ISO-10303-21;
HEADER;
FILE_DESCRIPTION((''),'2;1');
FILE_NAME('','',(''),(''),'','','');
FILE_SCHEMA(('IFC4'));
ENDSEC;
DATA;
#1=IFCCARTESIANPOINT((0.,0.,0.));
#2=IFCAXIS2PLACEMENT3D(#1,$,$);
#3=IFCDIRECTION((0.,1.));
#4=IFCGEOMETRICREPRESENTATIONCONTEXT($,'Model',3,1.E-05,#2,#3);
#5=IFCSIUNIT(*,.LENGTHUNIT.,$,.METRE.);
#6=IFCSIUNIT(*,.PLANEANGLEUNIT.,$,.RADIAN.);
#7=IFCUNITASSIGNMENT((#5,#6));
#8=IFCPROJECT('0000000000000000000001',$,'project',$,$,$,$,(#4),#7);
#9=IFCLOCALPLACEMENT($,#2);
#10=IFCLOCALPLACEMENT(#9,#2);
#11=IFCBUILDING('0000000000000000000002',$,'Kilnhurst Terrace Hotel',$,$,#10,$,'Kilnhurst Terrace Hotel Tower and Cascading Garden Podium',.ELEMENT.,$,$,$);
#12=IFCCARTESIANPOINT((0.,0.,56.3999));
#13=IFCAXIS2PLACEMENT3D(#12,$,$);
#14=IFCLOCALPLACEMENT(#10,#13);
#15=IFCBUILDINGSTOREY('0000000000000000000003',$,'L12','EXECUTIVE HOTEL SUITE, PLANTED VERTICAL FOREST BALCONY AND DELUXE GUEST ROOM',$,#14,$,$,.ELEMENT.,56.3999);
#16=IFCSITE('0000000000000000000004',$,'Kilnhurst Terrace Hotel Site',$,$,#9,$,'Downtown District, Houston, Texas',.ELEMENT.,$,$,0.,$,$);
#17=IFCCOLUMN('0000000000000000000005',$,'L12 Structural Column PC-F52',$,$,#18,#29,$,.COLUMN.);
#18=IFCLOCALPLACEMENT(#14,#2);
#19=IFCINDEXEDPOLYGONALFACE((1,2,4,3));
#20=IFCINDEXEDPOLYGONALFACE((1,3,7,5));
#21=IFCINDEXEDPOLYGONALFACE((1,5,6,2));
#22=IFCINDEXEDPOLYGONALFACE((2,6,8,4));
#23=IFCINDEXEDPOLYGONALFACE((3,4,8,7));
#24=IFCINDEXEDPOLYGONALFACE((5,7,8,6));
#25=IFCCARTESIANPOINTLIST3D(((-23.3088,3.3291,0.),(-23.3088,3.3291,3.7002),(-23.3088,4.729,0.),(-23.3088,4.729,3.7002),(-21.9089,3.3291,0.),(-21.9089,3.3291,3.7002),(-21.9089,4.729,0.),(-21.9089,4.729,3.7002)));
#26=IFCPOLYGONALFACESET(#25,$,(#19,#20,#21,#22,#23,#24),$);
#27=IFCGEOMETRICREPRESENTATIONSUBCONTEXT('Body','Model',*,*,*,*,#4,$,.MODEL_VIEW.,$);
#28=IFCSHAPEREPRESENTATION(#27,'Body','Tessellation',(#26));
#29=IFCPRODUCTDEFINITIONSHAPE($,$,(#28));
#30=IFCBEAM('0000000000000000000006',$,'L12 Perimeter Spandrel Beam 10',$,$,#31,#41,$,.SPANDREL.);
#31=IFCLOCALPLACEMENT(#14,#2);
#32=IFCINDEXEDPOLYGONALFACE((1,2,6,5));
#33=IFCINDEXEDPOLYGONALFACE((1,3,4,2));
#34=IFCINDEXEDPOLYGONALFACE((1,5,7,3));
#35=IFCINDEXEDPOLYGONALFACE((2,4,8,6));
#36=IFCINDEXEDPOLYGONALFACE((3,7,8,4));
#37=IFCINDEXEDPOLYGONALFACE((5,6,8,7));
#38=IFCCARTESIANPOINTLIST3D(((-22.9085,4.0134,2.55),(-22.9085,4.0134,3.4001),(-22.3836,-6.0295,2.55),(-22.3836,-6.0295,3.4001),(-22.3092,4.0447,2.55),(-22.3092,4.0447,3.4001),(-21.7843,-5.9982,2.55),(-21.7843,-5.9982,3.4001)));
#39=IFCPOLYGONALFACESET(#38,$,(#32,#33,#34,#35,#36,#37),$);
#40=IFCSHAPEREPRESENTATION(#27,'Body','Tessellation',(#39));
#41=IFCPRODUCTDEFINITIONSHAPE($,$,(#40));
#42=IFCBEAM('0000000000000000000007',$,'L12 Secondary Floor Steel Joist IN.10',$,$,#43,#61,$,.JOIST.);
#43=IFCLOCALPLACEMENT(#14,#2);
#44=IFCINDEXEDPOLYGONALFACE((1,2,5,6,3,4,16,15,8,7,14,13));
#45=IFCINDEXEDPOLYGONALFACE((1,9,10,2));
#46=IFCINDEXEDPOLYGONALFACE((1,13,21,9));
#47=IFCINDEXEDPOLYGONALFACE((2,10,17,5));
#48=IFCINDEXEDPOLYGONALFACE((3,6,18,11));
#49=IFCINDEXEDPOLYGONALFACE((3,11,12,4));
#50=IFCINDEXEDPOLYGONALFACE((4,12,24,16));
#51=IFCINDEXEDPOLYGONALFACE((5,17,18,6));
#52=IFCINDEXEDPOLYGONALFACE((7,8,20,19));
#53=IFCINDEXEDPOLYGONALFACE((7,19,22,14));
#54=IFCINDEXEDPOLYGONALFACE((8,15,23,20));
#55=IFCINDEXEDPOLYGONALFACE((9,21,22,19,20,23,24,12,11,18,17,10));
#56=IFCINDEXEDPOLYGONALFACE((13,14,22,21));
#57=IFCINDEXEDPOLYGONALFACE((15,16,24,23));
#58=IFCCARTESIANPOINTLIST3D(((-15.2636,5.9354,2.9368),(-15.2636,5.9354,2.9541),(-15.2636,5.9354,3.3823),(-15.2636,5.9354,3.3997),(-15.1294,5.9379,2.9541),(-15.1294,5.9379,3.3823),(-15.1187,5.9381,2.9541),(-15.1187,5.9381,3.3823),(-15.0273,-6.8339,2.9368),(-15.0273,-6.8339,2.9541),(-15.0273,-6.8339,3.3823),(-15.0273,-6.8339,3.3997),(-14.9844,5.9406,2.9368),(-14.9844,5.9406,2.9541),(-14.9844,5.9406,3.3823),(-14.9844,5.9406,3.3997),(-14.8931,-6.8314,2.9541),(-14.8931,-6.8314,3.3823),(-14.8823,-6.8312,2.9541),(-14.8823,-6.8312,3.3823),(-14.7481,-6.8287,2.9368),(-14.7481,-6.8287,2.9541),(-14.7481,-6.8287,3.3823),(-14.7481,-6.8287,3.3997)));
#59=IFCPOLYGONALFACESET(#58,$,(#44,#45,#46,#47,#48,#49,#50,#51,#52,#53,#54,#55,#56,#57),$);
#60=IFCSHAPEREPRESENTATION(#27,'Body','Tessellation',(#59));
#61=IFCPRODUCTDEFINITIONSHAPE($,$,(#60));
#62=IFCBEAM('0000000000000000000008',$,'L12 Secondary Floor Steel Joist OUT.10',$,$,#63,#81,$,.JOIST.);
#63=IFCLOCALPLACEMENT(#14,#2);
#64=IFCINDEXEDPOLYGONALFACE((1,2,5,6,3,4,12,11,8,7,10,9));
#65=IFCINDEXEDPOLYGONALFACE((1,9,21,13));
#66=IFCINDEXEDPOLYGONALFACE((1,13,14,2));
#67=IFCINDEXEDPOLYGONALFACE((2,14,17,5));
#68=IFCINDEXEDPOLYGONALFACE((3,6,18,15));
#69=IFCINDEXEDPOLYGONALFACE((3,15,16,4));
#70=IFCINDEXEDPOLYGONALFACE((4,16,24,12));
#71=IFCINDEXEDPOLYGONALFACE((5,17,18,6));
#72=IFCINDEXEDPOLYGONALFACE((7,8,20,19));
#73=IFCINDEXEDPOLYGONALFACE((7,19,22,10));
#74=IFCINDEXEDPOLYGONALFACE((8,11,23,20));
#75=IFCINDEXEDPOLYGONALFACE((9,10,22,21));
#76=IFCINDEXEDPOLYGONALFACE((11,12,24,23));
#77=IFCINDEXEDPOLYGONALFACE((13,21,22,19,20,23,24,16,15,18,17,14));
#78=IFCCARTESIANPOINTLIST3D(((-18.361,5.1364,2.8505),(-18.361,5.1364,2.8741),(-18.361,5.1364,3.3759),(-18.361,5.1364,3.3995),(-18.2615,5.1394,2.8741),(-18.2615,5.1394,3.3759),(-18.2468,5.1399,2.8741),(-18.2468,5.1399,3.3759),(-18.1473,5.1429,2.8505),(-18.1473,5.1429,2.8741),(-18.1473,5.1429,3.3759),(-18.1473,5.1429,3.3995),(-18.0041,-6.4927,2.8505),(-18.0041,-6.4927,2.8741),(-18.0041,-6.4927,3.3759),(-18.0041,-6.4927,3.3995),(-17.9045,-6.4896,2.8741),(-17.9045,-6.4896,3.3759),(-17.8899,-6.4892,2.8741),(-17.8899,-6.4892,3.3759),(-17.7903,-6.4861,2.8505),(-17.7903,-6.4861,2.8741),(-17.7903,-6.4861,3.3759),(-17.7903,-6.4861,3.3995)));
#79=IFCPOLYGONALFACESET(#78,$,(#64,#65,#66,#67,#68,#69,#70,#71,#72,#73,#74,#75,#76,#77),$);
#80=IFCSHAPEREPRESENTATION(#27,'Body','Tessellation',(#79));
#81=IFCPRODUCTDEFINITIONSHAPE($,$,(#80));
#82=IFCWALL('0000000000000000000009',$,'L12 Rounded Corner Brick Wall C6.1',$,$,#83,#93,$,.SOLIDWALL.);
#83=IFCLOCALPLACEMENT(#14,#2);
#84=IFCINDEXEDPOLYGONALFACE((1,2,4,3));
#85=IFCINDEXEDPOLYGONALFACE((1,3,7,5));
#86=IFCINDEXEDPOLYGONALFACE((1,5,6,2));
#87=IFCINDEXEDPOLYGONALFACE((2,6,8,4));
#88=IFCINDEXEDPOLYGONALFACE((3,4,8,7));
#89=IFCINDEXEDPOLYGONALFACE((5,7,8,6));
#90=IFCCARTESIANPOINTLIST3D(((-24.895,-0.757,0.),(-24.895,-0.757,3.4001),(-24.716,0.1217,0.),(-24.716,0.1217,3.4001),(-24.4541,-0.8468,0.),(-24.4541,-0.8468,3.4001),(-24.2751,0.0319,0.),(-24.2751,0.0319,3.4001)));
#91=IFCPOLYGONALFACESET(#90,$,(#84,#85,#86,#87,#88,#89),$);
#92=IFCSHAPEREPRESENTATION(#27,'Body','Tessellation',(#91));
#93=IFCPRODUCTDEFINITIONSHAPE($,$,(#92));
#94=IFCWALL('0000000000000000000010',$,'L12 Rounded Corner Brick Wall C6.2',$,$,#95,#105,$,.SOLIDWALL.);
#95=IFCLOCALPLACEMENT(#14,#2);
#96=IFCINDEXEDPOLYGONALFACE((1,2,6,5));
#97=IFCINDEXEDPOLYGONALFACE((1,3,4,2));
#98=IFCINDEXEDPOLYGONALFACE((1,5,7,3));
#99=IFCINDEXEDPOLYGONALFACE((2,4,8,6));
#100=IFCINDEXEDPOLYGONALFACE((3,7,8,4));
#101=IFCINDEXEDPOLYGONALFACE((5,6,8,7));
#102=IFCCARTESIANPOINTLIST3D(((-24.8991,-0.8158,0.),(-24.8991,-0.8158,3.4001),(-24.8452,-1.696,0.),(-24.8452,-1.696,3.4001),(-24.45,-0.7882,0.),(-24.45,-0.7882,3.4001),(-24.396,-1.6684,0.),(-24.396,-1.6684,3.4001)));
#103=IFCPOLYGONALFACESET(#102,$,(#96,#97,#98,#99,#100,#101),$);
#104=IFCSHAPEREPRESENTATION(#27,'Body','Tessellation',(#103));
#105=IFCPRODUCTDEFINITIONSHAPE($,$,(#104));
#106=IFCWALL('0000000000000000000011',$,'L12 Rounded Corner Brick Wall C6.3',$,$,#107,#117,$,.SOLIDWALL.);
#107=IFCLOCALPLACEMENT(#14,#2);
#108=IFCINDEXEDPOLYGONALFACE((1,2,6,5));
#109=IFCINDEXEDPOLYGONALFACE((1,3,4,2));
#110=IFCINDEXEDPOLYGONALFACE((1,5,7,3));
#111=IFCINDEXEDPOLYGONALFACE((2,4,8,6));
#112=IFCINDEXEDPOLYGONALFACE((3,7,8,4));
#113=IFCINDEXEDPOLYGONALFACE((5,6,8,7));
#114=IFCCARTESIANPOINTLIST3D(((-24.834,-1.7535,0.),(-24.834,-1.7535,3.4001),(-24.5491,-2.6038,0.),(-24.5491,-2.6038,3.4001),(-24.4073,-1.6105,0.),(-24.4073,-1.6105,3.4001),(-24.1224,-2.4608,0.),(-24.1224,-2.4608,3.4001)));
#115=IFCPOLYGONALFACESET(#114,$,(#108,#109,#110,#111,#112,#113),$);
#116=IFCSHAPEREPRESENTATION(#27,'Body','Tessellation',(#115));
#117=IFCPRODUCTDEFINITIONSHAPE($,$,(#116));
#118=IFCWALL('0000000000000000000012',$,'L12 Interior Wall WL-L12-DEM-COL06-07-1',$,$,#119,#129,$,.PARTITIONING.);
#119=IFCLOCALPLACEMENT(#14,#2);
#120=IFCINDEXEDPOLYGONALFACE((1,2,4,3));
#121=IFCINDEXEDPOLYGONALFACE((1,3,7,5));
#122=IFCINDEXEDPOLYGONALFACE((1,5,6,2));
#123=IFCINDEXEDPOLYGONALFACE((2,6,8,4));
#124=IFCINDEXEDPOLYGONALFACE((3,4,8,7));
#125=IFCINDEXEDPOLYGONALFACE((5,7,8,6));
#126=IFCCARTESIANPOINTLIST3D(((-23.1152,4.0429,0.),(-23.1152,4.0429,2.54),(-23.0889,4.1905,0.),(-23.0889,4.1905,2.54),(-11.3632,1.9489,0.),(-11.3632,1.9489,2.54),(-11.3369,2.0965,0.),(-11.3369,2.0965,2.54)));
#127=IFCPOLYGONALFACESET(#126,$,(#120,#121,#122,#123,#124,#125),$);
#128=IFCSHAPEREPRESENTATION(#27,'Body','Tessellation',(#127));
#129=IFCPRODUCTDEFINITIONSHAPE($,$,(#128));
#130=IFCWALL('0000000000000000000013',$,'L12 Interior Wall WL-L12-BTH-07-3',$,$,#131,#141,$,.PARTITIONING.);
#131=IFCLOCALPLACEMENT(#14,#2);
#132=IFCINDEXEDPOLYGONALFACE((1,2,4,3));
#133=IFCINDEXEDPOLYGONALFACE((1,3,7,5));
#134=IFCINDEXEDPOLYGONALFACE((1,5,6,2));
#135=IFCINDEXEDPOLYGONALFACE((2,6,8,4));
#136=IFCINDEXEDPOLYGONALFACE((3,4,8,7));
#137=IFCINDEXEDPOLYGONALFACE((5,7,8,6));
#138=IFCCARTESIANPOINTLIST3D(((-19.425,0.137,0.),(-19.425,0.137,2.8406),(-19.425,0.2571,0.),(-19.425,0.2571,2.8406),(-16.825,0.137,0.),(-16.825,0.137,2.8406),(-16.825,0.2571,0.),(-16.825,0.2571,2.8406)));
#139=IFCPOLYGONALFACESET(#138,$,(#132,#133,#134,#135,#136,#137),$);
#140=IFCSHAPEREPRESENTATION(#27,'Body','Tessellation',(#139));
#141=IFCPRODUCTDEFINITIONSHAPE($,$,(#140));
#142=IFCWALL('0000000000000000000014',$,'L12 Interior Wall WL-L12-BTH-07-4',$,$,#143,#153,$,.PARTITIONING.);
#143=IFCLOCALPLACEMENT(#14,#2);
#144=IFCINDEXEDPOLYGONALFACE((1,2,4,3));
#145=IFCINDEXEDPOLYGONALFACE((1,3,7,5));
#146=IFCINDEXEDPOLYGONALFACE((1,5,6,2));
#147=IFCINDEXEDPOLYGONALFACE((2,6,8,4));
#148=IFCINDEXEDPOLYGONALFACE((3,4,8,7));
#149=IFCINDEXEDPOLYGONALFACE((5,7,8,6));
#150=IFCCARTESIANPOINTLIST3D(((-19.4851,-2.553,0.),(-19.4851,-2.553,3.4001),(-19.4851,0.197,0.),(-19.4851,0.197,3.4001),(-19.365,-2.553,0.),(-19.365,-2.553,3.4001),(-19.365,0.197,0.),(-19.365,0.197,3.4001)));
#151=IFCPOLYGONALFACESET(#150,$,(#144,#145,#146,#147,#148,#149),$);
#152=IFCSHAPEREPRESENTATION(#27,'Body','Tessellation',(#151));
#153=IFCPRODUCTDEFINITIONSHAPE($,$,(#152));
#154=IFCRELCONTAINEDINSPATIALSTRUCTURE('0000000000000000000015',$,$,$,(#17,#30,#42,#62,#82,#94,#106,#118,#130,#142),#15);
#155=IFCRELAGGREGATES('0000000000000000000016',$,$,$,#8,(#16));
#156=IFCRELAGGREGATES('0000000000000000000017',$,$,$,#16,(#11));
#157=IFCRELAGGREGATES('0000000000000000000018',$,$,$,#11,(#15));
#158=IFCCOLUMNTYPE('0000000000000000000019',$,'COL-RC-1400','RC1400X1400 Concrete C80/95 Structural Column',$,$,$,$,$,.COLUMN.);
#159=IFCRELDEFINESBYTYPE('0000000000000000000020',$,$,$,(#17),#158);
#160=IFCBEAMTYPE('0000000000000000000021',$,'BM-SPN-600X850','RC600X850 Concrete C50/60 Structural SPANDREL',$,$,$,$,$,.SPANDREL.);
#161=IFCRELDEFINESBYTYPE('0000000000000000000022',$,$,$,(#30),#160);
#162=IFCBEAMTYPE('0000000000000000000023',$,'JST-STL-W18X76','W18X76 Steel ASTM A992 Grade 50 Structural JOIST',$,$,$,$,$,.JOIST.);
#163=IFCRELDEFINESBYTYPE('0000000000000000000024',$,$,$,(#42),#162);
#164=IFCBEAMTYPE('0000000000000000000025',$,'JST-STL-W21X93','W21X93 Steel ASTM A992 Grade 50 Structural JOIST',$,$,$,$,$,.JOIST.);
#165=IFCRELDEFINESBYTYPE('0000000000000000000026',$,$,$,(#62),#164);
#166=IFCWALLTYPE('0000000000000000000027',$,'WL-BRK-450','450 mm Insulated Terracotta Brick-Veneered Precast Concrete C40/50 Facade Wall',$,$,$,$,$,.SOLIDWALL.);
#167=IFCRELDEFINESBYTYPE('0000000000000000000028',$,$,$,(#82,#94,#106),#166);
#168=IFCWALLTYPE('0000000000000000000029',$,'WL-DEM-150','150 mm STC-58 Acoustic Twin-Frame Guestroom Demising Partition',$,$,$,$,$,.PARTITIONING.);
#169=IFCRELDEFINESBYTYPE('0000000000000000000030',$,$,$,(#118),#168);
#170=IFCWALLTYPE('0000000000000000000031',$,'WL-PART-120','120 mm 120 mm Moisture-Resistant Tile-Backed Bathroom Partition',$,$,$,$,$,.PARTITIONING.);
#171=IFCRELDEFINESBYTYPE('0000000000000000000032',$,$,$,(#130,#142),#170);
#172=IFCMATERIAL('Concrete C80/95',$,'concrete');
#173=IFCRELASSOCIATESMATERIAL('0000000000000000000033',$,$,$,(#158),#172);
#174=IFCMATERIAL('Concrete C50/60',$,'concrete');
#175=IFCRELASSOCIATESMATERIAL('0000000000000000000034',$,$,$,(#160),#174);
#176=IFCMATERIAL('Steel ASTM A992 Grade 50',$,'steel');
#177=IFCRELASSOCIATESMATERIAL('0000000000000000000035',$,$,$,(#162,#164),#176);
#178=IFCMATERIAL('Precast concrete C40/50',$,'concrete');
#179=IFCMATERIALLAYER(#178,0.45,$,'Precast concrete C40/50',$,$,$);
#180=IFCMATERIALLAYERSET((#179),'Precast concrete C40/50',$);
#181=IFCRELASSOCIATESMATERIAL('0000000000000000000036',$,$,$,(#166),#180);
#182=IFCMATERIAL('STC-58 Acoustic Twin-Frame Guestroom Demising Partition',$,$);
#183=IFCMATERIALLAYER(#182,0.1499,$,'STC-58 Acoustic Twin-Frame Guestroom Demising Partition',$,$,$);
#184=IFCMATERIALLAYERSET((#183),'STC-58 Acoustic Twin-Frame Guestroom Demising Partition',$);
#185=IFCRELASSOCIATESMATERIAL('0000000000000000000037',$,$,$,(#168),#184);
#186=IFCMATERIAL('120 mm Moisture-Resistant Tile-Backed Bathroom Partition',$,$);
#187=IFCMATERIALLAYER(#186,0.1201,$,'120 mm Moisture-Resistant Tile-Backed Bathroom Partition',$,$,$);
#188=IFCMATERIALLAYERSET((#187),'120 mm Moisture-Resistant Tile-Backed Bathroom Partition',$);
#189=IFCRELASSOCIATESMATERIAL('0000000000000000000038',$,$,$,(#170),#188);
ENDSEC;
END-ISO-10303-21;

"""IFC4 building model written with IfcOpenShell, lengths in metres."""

from ifc_helpers import new_model, si_unit, direction, frame, frame_2d, origin, origin_2d, place, context, subcontext, project, spatial, rectangle, i_section, extrude, material, layer, layer_set, material_profile, profile_set, type_object, element, save


model = new_model("IFC4")

# Units and contexts
model_context = context("Model", 3, precision=1e-05, world=origin(), true_north=direction((0.0, 1.0)))
body_context = subcontext(model_context, "Body", "Model", "MODEL_VIEW")
ifc_project = project(units=[si_unit("LENGTHUNIT", "METRE"), si_unit("PLANEANGLEUNIT", "RADIAN")], contexts=[model_context])

# Site, building, storey
site_placement = place(None, origin())
site = spatial("IfcSite", under=ifc_project, at=site_placement, Name="Kilnhurst Terrace Hotel Site", LongName="Downtown District, Houston, Texas", CompositionType="ELEMENT", RefElevation=0.0)
building_placement = place(site_placement, origin())
building = spatial("IfcBuilding", under=site, at=building_placement, Name="Kilnhurst Terrace Hotel", LongName="Kilnhurst Terrace Hotel Tower and Cascading Garden Podium", CompositionType="ELEMENT")
storey_placement = place(building_placement, frame((0.0, 0.0, 56.3999)))
storey = spatial("IfcBuildingStorey", under=building, at=storey_placement, Name="L12", Description="EXECUTIVE HOTEL SUITE, PLANTED VERTICAL FOREST BALCONY AND DELUXE GUEST ROOM", CompositionType="ELEMENT", Elevation=56.3999)

# Column
ifc_material_1 = material(Name="Concrete C80/95", Category="concrete")
ifc_material_profile_1 = material_profile(ifc_material_1, rectangle(XDim=1.3999, YDim=1.3999, at=origin_2d()), Name="RC1400X1400")
ifc_profile_set_1 = profile_set([ifc_material_profile_1], Name="Concrete C80/95")
column_type = type_object("IfcColumnType", Name="COL-RC-1400", Description="RC1400X1400 Concrete C80/95 Structural Column", PredefinedType="COLUMN", material=ifc_profile_set_1)
column_placement = place(storey_placement, frame((-22.6089, 4.0291, 0.0), z_axis=(0.0, 0.0, 1.0), x_axis=(1.0, 0.0, 0.0)))
element("IfcColumn", 1, at=column_placement, inside=storey, type_object=column_type, Name="L12 Structural Column PC-F52", PredefinedType="COLUMN", context=body_context, shape_type="SweptSolid", body=[
    extrude(rectangle(XDim=1.3999, YDim=1.3999, at=origin_2d()), origin(), (0.0, 0.0, 1.0), 3.7002),
])

# Beams
ifc_material_2 = material(Name="Concrete C50/60", Category="concrete")
ifc_material_profile_2 = material_profile(ifc_material_2, rectangle(XDim=0.6001, YDim=0.8501, at=origin_2d()), Name="RC600X850")
ifc_profile_set_2 = profile_set([ifc_material_profile_2], Name="Concrete C50/60")
beam_type_1 = type_object("IfcBeamType", Name="BM-SPN-600X850", Description="RC600X850 Concrete C50/60 Structural SPANDREL", PredefinedType="SPANDREL", material=ifc_profile_set_2)
beam_1_placement = place(storey_placement, frame((-22.6089, 4.0291, 2.9751), z_axis=(0.052194, -0.998637, 0.0), x_axis=(0.998637, 0.052194, 0.0)))
element("IfcBeam", 2, at=beam_1_placement, inside=storey, type_object=beam_type_1, Name="L12 Perimeter Spandrel Beam 10", PredefinedType="SPANDREL", context=body_context, shape_type="SweptSolid", body=[
    extrude(rectangle(XDim=0.6001, YDim=0.8501, at=origin_2d()), origin(), (0.0, 0.0, 1.0), 10.0566),
])
ifc_material_3 = material(Name="Steel ASTM A992 Grade 50", Category="steel")
ifc_material_profile_3 = material_profile(ifc_material_3, i_section(OverallWidth=0.2793, OverallDepth=0.4629, WebThickness=0.0107, FlangeThickness=0.0173, at=origin_2d()), Name="W18X76")
ifc_profile_set_3 = profile_set([ifc_material_profile_3], Name="Steel ASTM A992 Grade 50")
beam_type_2 = type_object("IfcBeamType", Name="JST-STL-W18X76", Description="W18X76 Steel ASTM A992 Grade 50 Structural JOIST", PredefinedType="JOIST", material=ifc_profile_set_3)
beam_2_placement = place(storey_placement, frame((-15.124, 5.938, 3.1682), z_axis=(0.018504, -0.999829, 0.0), x_axis=(0.999829, 0.018504, 0.0)))
element("IfcBeam", 3, at=beam_2_placement, inside=storey, type_object=beam_type_2, Name="L12 Secondary Floor Steel Joist IN.10", PredefinedType="JOIST", context=body_context, shape_type="SweptSolid", body=[
    extrude(i_section(OverallWidth=0.2793, OverallDepth=0.4629, WebThickness=0.0107, FlangeThickness=0.0173, at=origin_2d()), origin(), (0.0, 0.0, 1.0), 12.7715),
])
ifc_material_profile_4 = material_profile(ifc_material_3, i_section(OverallWidth=0.2139, OverallDepth=0.5491, WebThickness=0.0146, FlangeThickness=0.0237, at=origin_2d()), Name="W21X93")
ifc_profile_set_4 = profile_set([ifc_material_profile_4], Name="Steel ASTM A992 Grade 50")
beam_type_3 = type_object("IfcBeamType", Name="JST-STL-W21X93", Description="W21X93 Steel ASTM A992 Grade 50 Structural JOIST", PredefinedType="JOIST", material=ifc_profile_set_4)
beam_3_placement = place(storey_placement, frame((-18.2542, 5.1396, 3.125), z_axis=(0.030679, -0.999529, 0.0), x_axis=(0.999529, 0.030679, 0.0)))
element("IfcBeam", 4, at=beam_3_placement, inside=storey, type_object=beam_type_3, Name="L12 Secondary Floor Steel Joist OUT.10", PredefinedType="JOIST", context=body_context, shape_type="SweptSolid", body=[
    extrude(i_section(OverallWidth=0.2139, OverallDepth=0.5491, WebThickness=0.0146, FlangeThickness=0.0237, at=origin_2d()), origin(), (0.0, 0.0, 1.0), 11.6345),
])

# Walls
ifc_material_4 = material(Name="Precast concrete C40/50", Category="concrete")
ifc_layer_1 = layer(ifc_material_4, 0.45, Name="Precast concrete C40/50")
ifc_layer_set_1 = layer_set([ifc_layer_1], Name="Precast concrete C40/50")
wall_type_1 = type_object("IfcWallType", Name="WL-BRK-450", Description="450 mm Insulated Terracotta Brick-Veneered Precast Concrete C40/50 Facade Wall", PredefinedType="SOLIDWALL", material=ifc_layer_set_1)
wall_1_placement = place(storey_placement, frame((-24.4956, 0.0767, 0.0), z_axis=(0.0, 0.0, 1.0), x_axis=(-0.199571, -0.979883, 0.0)))
element("IfcWall", 5, at=wall_1_placement, inside=storey, type_object=wall_type_1, Name="L12 Rounded Corner Brick Wall C6.1", PredefinedType="SOLIDWALL", context=body_context, shape_type="SweptSolid", body=[
    extrude(rectangle(XDim=0.8967, YDim=0.45, at=frame_2d((0.4482, 0.0))), origin(), (0.0, 0.0, 1.0), 3.4001),
])
wall_2_placement = place(storey_placement, frame((-24.6746, -0.802, 0.0), z_axis=(0.0, 0.0, 1.0), x_axis=(0.061189, -0.998126, 0.0)))
element("IfcWall", 6, at=wall_2_placement, inside=storey, type_object=wall_type_1, Name="L12 Rounded Corner Brick Wall C6.2", PredefinedType="SOLIDWALL", context=body_context, shape_type="SweptSolid", body=[
    extrude(rectangle(XDim=0.8818, YDim=0.45, at=frame_2d((0.4409, 0.0))), origin(), (0.0, 0.0, 1.0), 3.4001),
])
wall_3_placement = place(storey_placement, frame((-24.6206, -1.6821, 0.0), z_axis=(0.0, 0.0, 1.0), x_axis=(0.317697, -0.948192, 0.0)))
element("IfcWall", 7, at=wall_3_placement, inside=storey, type_object=wall_type_1, Name="L12 Rounded Corner Brick Wall C6.3", PredefinedType="SOLIDWALL", context=body_context, shape_type="SweptSolid", body=[
    extrude(rectangle(XDim=0.8967, YDim=0.45, at=frame_2d((0.4482, 0.0))), origin(), (0.0, 0.0, 1.0), 3.4001),
])
ifc_material_5 = material(Name="STC-58 Acoustic Twin-Frame Guestroom Demising Partition")
ifc_layer_2 = layer(ifc_material_5, 0.1499, Name="STC-58 Acoustic Twin-Frame Guestroom Demising Partition")
ifc_layer_set_2 = layer_set([ifc_layer_2], Name="STC-58 Acoustic Twin-Frame Guestroom Demising Partition")
wall_type_2 = type_object("IfcWallType", Name="WL-DEM-150", Description="150 mm STC-58 Acoustic Twin-Frame Guestroom Demising Partition", PredefinedType="PARTITIONING", material=ifc_layer_set_2)
wall_4_placement = place(storey_placement, frame((-11.3501, 2.0227, 0.0), z_axis=(0.0, 0.0, 1.0), x_axis=(-0.984494, 0.17542, 0.0)))
element("IfcWall", 8, at=wall_4_placement, inside=storey, type_object=wall_type_2, Name="L12 Interior Wall WL-L12-DEM-COL06-07-1", PredefinedType="PARTITIONING", context=body_context, shape_type="SweptSolid", body=[
    extrude(rectangle(XDim=11.937, YDim=0.1499, at=frame_2d((5.9685, 0.0))), origin(), (0.0, 0.0, 1.0), 2.54),
])
ifc_material_6 = material(Name="120 mm Moisture-Resistant Tile-Backed Bathroom Partition")
ifc_layer_3 = layer(ifc_material_6, 0.1201, Name="120 mm Moisture-Resistant Tile-Backed Bathroom Partition")
ifc_layer_set_3 = layer_set([ifc_layer_3], Name="120 mm Moisture-Resistant Tile-Backed Bathroom Partition")
wall_type_3 = type_object("IfcWallType", Name="WL-PART-120", Description="120 mm 120 mm Moisture-Resistant Tile-Backed Bathroom Partition", PredefinedType="PARTITIONING", material=ifc_layer_set_3)
wall_5_placement = place(storey_placement, frame((-16.825, 0.197, 0.0), z_axis=(0.0, 0.0, 1.0), x_axis=(-1.0, 0.0, 0.0)))
element("IfcWall", 9, at=wall_5_placement, inside=storey, type_object=wall_type_3, Name="L12 Interior Wall WL-L12-BTH-07-3", PredefinedType="PARTITIONING", context=body_context, shape_type="SweptSolid", body=[
    extrude(rectangle(XDim=2.6001, YDim=0.1201, at=frame_2d((1.3, 0.0))), origin(), (0.0, 0.0, 1.0), 2.8406),
])
wall_6_placement = place(storey_placement, frame((-19.425, 0.197, 0.0), z_axis=(0.0, 0.0, 1.0), x_axis=(0.0, -1.0, 0.0)))
element("IfcWall", 10, at=wall_6_placement, inside=storey, type_object=wall_type_3, Name="L12 Interior Wall WL-L12-BTH-07-4", PredefinedType="PARTITIONING", context=body_context, shape_type="SweptSolid", body=[
    extrude(rectangle(XDim=2.75, YDim=0.1201, at=frame_2d((1.375, 0.0))), origin(), (0.0, 0.0, 1.0), 3.4001),
])

save(model, "model.ifc")
